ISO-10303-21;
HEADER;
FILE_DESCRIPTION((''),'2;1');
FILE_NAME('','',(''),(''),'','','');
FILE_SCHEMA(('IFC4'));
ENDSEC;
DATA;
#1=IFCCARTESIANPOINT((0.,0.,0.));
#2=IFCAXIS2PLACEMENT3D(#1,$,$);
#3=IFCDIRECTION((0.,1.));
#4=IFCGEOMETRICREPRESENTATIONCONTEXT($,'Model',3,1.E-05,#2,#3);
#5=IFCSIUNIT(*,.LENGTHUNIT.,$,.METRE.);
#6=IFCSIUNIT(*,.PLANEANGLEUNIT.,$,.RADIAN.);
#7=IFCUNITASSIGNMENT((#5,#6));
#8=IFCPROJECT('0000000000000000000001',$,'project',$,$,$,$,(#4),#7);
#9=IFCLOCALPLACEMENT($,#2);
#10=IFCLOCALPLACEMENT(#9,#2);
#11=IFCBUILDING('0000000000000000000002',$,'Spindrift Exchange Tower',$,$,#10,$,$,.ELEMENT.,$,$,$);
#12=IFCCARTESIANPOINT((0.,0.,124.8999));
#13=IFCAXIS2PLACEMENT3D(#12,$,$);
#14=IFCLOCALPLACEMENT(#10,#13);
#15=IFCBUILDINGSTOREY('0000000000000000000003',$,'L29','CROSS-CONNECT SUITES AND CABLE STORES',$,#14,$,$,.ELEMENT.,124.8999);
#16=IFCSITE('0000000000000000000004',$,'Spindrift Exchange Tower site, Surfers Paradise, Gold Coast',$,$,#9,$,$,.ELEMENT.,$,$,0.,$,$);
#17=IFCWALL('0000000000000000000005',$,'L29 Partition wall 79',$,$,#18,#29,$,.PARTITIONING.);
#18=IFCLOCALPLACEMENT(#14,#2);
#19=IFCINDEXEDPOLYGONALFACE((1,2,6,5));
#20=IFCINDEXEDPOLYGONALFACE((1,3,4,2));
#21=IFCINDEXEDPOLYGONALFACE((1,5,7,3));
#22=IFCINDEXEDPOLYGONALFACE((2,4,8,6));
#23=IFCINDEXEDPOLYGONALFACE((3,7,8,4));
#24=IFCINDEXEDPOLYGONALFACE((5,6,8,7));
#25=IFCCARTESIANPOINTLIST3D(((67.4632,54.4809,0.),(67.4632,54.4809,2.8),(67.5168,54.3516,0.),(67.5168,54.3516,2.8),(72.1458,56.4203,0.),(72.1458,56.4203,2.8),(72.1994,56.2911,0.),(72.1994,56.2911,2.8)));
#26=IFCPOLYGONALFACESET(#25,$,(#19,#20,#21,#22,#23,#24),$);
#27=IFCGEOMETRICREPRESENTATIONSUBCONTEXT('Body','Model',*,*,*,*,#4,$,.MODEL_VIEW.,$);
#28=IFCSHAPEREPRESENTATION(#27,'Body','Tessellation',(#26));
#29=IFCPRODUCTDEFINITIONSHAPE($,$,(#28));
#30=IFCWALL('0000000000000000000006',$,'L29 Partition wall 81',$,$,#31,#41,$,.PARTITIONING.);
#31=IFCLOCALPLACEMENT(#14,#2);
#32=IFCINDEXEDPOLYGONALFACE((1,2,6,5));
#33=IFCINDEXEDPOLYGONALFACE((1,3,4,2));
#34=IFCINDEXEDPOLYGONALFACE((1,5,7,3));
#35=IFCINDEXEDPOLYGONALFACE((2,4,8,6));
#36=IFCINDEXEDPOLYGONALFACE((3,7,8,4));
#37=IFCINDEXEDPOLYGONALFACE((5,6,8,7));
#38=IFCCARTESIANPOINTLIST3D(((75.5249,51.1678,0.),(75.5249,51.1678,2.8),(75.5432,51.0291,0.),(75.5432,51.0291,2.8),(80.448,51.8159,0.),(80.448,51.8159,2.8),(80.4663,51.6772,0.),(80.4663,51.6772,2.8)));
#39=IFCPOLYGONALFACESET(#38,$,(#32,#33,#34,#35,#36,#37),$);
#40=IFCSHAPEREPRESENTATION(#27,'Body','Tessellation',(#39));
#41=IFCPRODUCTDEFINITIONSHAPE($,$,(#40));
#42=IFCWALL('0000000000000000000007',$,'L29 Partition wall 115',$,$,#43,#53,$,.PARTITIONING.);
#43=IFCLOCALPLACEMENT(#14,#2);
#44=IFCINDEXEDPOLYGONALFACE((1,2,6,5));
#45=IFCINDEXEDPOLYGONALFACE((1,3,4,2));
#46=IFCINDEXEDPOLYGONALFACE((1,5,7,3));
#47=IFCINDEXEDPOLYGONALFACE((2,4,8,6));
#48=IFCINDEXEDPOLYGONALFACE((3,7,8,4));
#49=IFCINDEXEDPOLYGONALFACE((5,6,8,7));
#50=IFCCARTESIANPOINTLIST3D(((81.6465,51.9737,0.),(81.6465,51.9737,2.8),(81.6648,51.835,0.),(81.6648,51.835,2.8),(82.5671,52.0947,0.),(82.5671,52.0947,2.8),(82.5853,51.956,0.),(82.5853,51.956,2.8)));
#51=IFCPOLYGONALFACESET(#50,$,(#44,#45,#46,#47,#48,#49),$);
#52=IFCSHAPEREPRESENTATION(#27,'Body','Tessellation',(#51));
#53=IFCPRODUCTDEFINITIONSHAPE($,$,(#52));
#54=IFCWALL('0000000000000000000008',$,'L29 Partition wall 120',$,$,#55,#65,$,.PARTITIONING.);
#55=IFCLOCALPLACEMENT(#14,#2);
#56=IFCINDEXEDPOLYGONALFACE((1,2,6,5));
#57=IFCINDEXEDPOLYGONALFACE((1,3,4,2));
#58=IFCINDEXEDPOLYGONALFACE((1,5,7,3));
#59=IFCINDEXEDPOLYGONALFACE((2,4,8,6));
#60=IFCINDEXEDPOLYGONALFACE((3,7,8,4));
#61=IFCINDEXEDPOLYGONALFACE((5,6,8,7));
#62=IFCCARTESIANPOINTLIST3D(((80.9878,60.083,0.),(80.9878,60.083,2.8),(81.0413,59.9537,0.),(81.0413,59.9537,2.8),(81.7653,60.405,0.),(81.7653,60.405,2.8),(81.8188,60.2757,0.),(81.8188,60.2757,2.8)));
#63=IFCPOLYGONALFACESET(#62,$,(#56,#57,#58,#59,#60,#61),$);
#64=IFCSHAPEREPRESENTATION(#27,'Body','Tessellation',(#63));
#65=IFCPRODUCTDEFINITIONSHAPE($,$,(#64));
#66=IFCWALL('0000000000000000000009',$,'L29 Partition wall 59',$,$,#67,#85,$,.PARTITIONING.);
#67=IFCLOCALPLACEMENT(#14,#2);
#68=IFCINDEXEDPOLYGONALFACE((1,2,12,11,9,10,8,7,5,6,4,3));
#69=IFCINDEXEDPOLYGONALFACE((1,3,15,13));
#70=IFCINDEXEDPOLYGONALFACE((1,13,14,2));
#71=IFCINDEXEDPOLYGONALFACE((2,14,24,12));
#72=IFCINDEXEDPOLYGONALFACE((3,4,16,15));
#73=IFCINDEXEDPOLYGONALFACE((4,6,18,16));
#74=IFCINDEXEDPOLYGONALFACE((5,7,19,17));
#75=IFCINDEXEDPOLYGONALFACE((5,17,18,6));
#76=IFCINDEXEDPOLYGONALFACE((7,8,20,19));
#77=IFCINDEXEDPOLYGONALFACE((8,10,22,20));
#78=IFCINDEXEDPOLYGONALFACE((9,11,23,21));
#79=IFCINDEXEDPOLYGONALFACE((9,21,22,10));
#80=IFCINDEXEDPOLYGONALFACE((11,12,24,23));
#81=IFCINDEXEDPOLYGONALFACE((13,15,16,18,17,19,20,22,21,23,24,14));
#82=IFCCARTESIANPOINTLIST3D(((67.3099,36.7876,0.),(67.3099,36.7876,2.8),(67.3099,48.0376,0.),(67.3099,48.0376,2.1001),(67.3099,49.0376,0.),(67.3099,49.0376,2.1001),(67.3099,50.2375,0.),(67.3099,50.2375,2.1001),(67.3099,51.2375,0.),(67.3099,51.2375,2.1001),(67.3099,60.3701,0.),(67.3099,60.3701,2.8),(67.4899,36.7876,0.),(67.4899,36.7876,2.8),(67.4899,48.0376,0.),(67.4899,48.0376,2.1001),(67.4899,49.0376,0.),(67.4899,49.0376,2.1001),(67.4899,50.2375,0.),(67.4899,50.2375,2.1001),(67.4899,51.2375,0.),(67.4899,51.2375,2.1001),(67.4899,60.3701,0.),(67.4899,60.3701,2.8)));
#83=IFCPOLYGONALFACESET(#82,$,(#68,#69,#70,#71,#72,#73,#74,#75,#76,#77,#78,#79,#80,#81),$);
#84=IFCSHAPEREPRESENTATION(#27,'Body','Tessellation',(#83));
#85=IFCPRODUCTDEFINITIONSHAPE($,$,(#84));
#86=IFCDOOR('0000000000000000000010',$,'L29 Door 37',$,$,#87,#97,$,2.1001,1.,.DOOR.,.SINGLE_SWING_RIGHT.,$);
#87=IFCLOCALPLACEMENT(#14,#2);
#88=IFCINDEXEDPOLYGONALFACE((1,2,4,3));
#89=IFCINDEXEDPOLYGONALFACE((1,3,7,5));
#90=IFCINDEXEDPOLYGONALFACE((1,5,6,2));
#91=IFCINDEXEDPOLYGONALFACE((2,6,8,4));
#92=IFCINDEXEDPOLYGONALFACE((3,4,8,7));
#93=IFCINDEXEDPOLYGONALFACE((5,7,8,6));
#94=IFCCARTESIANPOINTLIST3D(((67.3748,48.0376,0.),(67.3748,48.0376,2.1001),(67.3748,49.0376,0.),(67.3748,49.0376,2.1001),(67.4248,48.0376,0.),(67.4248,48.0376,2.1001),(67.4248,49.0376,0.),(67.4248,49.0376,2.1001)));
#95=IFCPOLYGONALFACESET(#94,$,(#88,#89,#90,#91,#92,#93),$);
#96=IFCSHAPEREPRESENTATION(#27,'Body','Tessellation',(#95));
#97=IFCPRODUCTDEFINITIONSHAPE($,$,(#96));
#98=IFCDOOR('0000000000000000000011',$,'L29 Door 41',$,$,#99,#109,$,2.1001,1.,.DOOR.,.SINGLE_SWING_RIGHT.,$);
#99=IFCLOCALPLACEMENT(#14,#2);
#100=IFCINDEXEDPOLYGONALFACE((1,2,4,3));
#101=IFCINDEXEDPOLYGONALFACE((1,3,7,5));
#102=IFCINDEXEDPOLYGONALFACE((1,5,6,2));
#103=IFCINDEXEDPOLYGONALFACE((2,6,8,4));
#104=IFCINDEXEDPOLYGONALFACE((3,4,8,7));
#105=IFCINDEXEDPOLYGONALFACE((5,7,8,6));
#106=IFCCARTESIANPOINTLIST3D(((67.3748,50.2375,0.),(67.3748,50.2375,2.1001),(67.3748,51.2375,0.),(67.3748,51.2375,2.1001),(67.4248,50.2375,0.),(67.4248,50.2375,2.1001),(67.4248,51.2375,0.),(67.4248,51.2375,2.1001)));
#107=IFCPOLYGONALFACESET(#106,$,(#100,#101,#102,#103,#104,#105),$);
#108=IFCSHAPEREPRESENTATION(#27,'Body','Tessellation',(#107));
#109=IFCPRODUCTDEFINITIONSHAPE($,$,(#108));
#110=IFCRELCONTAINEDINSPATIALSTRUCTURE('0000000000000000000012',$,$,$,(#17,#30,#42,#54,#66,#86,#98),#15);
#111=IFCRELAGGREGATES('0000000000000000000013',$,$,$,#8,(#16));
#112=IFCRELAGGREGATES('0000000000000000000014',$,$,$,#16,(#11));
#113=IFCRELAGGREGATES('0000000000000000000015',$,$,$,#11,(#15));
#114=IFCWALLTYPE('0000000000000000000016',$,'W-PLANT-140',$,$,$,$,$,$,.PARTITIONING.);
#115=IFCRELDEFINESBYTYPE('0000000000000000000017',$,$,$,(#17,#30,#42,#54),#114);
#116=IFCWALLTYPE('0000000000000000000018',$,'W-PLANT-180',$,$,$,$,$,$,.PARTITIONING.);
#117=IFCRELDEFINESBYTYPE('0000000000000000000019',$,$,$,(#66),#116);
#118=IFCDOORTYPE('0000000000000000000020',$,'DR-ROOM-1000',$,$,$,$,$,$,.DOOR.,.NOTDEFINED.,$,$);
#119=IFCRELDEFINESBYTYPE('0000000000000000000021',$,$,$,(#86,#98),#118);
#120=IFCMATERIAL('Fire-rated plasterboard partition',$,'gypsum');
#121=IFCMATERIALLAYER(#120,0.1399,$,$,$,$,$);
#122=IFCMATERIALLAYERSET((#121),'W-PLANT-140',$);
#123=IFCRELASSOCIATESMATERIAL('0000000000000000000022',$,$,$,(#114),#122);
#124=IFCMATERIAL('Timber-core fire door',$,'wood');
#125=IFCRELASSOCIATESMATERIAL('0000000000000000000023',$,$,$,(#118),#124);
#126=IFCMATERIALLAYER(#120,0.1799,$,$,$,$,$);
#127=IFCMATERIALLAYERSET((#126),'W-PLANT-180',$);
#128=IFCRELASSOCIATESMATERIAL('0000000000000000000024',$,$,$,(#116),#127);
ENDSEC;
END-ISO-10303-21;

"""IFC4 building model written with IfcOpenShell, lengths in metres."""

from ifc_helpers import new_model, si_unit, direction, frame, frame_2d, origin, place, context, subcontext, project, spatial, rectangle, extrude, source, transform, mapped, material, layer, layer_set, type_object, element, fill, save


model = new_model("IFC4")

# Units and contexts
model_context = context("Model", 3, precision=1e-05, world=origin(), true_north=direction((0.0, 1.0)))
body_context = subcontext(model_context, "Body", "Model", "MODEL_VIEW")
ifc_project = project(units=[si_unit("LENGTHUNIT", "METRE"), si_unit("PLANEANGLEUNIT", "RADIAN")], contexts=[model_context])

# Site, building, storey
site_placement = place(None, origin())
site = spatial("IfcSite", under=ifc_project, at=site_placement, Name="Spindrift Exchange Tower site, Surfers Paradise, Gold Coast", CompositionType="ELEMENT", RefElevation=0.0)
building_placement = place(site_placement, origin())
building = spatial("IfcBuilding", under=site, at=building_placement, Name="Spindrift Exchange Tower", CompositionType="ELEMENT")
storey_placement = place(building_placement, frame((0.0, 0.0, 124.8999)))
storey = spatial("IfcBuildingStorey", under=building, at=storey_placement, Name="L29", Description="CROSS-CONNECT SUITES AND CABLE STORES", CompositionType="ELEMENT", Elevation=124.8999)

# Shared definitions
ifc_material_1 = material(Name="Fire-rated plasterboard partition", Category="gypsum")
ifc_layer_1 = layer(ifc_material_1, 0.1399)
ifc_layer_set_1 = layer_set([ifc_layer_1], Name="W-PLANT-140")
wall_type_1 = type_object("IfcWallType", Name="W-PLANT-140", PredefinedType="PARTITIONING", material=ifc_layer_set_1)

# Shared definitions
ifc_material_2 = material(Name="Timber-core fire door", Category="wood")
door_type = type_object("IfcDoorType", Name="DR-ROOM-1000", OperationType="NOTDEFINED", PredefinedType="DOOR", material=ifc_material_2)
shared_shape_1 = source(origin(), body_context, "Body", "SweptSolid", [
    extrude(rectangle(XDim=1.0, YDim=2.1001, at=frame_2d((0.5, 1.05))), frame((0.0, 0.0249, 0.0), z_axis=(0.0, -1.0, 0.0), x_axis=(1.0, 0.0, 0.0)), (0.0, 0.0, 1.0), 0.05),
])

# Walls
wall_1_placement = place(storey_placement, frame((67.49, 54.4163, 0.0), z_axis=(0.0, 0.0, 1.0), x_axis=(0.92389, 0.382658, 0.0)))
element("IfcWall", 1, at=wall_1_placement, inside=storey, type_object=wall_type_1, Name="L29 Partition wall 79", PredefinedType="PARTITIONING", context=body_context, shape_type="SweptSolid", body=[
    extrude(rectangle(XDim=5.0684, YDim=0.1399, at=frame_2d((2.5342, 0.0))), origin(), (0.0, 0.0, 1.0), 2.8),
])
wall_2_placement = place(storey_placement, frame((75.5339, 51.0984, 0.0), z_axis=(0.0, 0.0, 1.0), x_axis=(0.991443, 0.130537, 0.0)))
element("IfcWall", 2, at=wall_2_placement, inside=storey, type_object=wall_type_1, Name="L29 Partition wall 81", PredefinedType="PARTITIONING", context=body_context, shape_type="SweptSolid", body=[
    extrude(rectangle(XDim=4.9656, YDim=0.1399, at=frame_2d((2.4829, 0.0))), origin(), (0.0, 0.0, 1.0), 2.8),
])
wall_3_placement = place(storey_placement, frame((81.6555, 51.9043, 0.0), z_axis=(0.0, 0.0, 1.0), x_axis=(0.991461, 0.130407, 0.0)))
element("IfcWall", 3, at=wall_3_placement, inside=storey, type_object=wall_type_1, Name="L29 Partition wall 115", PredefinedType="PARTITIONING", context=body_context, shape_type="SweptSolid", body=[
    extrude(rectangle(XDim=0.9285, YDim=0.1399, at=frame_2d((0.4644, 0.0))), origin(), (0.0, 0.0, 1.0), 2.8),
])
wall_4_placement = place(storey_placement, frame((81.0144, 60.0183, 0.0), z_axis=(0.0, 0.0, 1.0), x_axis=(0.923907, 0.382617, 0.0)))
element("IfcWall", 4, at=wall_4_placement, inside=storey, type_object=wall_type_1, Name="L29 Partition wall 120", PredefinedType="PARTITIONING", context=body_context, shape_type="SweptSolid", body=[
    extrude(rectangle(XDim=0.8416, YDim=0.1399, at=frame_2d((0.4209, 0.0))), origin(), (0.0, 0.0, 1.0), 2.8),
])

# Wall, openings, doors
ifc_layer_2 = layer(ifc_material_1, 0.1799)
ifc_layer_set_2 = layer_set([ifc_layer_2], Name="W-PLANT-180")
wall_type_2 = type_object("IfcWallType", Name="W-PLANT-180", PredefinedType="PARTITIONING", material=ifc_layer_set_2)
wall_5_placement = place(storey_placement, frame((67.3999, 60.3701, 0.0), z_axis=(0.0, 0.0, 1.0), x_axis=(0.0, -1.0, 0.0)))
wall_5 = element("IfcWall", 5, at=wall_5_placement, inside=storey, type_object=wall_type_2, Name="L29 Partition wall 59", PredefinedType="PARTITIONING", context=body_context, shape_type="SweptSolid", body=[
    extrude(rectangle(XDim=23.5825, YDim=0.1799, at=frame_2d((11.7913, 0.0))), origin(), (0.0, 0.0, 1.0), 2.8),
])
opening_1_placement = place(wall_5_placement, frame((11.3325, 0.0, 0.0)))
opening_1 = element("IfcOpeningElement", 6, at=opening_1_placement, cuts=wall_5, PredefinedType="OPENING", context=body_context, shape_type="SweptSolid", body=[
    extrude(rectangle(XDim=1.0, YDim=2.1001, at=frame_2d((0.5, 1.05))), frame((0.0, 0.0999, 0.0), z_axis=(0.0, -1.0, 0.0), x_axis=(1.0, 0.0, 0.0)), (0.0, 0.0, 1.0), 0.2),
])
opening_2_placement = place(wall_5_placement, frame((9.1326, 0.0, 0.0)))
opening_2 = element("IfcOpeningElement", 7, at=opening_2_placement, cuts=wall_5, PredefinedType="OPENING", context=body_context, shape_type="SweptSolid", body=[
    extrude(rectangle(XDim=1.0, YDim=2.1001, at=frame_2d((0.5, 1.05))), frame((0.0, 0.0999, 0.0), z_axis=(0.0, -1.0, 0.0), x_axis=(1.0, 0.0, 0.0)), (0.0, 0.0, 1.0), 0.2),
])
door_1_placement = place(opening_1_placement, origin())
door_1 = element("IfcDoor", 8, at=door_1_placement, inside=storey, type_object=door_type, Name="L29 Door 37", OperationType="SINGLE_SWING_RIGHT", OverallHeight=2.1001, OverallWidth=1.0, PredefinedType="DOOR", context=body_context, shape_type="MappedRepresentation", body=[
    mapped(shared_shape_1, transform((0.0, 0.0, 0.0), scale=1.0)),
])
fill(opening_1, door_1)
door_2_placement = place(opening_2_placement, origin())
door_2 = element("IfcDoor", 9, at=door_2_placement, inside=storey, type_object=door_type, Name="L29 Door 41", OperationType="SINGLE_SWING_RIGHT", OverallHeight=2.1001, OverallWidth=1.0, PredefinedType="DOOR", context=body_context, shape_type="MappedRepresentation", body=[
    mapped(shared_shape_1, transform((0.0, 0.0, 0.0), scale=1.0)),
])
fill(opening_2, door_2)

save(model, "model.ifc")
